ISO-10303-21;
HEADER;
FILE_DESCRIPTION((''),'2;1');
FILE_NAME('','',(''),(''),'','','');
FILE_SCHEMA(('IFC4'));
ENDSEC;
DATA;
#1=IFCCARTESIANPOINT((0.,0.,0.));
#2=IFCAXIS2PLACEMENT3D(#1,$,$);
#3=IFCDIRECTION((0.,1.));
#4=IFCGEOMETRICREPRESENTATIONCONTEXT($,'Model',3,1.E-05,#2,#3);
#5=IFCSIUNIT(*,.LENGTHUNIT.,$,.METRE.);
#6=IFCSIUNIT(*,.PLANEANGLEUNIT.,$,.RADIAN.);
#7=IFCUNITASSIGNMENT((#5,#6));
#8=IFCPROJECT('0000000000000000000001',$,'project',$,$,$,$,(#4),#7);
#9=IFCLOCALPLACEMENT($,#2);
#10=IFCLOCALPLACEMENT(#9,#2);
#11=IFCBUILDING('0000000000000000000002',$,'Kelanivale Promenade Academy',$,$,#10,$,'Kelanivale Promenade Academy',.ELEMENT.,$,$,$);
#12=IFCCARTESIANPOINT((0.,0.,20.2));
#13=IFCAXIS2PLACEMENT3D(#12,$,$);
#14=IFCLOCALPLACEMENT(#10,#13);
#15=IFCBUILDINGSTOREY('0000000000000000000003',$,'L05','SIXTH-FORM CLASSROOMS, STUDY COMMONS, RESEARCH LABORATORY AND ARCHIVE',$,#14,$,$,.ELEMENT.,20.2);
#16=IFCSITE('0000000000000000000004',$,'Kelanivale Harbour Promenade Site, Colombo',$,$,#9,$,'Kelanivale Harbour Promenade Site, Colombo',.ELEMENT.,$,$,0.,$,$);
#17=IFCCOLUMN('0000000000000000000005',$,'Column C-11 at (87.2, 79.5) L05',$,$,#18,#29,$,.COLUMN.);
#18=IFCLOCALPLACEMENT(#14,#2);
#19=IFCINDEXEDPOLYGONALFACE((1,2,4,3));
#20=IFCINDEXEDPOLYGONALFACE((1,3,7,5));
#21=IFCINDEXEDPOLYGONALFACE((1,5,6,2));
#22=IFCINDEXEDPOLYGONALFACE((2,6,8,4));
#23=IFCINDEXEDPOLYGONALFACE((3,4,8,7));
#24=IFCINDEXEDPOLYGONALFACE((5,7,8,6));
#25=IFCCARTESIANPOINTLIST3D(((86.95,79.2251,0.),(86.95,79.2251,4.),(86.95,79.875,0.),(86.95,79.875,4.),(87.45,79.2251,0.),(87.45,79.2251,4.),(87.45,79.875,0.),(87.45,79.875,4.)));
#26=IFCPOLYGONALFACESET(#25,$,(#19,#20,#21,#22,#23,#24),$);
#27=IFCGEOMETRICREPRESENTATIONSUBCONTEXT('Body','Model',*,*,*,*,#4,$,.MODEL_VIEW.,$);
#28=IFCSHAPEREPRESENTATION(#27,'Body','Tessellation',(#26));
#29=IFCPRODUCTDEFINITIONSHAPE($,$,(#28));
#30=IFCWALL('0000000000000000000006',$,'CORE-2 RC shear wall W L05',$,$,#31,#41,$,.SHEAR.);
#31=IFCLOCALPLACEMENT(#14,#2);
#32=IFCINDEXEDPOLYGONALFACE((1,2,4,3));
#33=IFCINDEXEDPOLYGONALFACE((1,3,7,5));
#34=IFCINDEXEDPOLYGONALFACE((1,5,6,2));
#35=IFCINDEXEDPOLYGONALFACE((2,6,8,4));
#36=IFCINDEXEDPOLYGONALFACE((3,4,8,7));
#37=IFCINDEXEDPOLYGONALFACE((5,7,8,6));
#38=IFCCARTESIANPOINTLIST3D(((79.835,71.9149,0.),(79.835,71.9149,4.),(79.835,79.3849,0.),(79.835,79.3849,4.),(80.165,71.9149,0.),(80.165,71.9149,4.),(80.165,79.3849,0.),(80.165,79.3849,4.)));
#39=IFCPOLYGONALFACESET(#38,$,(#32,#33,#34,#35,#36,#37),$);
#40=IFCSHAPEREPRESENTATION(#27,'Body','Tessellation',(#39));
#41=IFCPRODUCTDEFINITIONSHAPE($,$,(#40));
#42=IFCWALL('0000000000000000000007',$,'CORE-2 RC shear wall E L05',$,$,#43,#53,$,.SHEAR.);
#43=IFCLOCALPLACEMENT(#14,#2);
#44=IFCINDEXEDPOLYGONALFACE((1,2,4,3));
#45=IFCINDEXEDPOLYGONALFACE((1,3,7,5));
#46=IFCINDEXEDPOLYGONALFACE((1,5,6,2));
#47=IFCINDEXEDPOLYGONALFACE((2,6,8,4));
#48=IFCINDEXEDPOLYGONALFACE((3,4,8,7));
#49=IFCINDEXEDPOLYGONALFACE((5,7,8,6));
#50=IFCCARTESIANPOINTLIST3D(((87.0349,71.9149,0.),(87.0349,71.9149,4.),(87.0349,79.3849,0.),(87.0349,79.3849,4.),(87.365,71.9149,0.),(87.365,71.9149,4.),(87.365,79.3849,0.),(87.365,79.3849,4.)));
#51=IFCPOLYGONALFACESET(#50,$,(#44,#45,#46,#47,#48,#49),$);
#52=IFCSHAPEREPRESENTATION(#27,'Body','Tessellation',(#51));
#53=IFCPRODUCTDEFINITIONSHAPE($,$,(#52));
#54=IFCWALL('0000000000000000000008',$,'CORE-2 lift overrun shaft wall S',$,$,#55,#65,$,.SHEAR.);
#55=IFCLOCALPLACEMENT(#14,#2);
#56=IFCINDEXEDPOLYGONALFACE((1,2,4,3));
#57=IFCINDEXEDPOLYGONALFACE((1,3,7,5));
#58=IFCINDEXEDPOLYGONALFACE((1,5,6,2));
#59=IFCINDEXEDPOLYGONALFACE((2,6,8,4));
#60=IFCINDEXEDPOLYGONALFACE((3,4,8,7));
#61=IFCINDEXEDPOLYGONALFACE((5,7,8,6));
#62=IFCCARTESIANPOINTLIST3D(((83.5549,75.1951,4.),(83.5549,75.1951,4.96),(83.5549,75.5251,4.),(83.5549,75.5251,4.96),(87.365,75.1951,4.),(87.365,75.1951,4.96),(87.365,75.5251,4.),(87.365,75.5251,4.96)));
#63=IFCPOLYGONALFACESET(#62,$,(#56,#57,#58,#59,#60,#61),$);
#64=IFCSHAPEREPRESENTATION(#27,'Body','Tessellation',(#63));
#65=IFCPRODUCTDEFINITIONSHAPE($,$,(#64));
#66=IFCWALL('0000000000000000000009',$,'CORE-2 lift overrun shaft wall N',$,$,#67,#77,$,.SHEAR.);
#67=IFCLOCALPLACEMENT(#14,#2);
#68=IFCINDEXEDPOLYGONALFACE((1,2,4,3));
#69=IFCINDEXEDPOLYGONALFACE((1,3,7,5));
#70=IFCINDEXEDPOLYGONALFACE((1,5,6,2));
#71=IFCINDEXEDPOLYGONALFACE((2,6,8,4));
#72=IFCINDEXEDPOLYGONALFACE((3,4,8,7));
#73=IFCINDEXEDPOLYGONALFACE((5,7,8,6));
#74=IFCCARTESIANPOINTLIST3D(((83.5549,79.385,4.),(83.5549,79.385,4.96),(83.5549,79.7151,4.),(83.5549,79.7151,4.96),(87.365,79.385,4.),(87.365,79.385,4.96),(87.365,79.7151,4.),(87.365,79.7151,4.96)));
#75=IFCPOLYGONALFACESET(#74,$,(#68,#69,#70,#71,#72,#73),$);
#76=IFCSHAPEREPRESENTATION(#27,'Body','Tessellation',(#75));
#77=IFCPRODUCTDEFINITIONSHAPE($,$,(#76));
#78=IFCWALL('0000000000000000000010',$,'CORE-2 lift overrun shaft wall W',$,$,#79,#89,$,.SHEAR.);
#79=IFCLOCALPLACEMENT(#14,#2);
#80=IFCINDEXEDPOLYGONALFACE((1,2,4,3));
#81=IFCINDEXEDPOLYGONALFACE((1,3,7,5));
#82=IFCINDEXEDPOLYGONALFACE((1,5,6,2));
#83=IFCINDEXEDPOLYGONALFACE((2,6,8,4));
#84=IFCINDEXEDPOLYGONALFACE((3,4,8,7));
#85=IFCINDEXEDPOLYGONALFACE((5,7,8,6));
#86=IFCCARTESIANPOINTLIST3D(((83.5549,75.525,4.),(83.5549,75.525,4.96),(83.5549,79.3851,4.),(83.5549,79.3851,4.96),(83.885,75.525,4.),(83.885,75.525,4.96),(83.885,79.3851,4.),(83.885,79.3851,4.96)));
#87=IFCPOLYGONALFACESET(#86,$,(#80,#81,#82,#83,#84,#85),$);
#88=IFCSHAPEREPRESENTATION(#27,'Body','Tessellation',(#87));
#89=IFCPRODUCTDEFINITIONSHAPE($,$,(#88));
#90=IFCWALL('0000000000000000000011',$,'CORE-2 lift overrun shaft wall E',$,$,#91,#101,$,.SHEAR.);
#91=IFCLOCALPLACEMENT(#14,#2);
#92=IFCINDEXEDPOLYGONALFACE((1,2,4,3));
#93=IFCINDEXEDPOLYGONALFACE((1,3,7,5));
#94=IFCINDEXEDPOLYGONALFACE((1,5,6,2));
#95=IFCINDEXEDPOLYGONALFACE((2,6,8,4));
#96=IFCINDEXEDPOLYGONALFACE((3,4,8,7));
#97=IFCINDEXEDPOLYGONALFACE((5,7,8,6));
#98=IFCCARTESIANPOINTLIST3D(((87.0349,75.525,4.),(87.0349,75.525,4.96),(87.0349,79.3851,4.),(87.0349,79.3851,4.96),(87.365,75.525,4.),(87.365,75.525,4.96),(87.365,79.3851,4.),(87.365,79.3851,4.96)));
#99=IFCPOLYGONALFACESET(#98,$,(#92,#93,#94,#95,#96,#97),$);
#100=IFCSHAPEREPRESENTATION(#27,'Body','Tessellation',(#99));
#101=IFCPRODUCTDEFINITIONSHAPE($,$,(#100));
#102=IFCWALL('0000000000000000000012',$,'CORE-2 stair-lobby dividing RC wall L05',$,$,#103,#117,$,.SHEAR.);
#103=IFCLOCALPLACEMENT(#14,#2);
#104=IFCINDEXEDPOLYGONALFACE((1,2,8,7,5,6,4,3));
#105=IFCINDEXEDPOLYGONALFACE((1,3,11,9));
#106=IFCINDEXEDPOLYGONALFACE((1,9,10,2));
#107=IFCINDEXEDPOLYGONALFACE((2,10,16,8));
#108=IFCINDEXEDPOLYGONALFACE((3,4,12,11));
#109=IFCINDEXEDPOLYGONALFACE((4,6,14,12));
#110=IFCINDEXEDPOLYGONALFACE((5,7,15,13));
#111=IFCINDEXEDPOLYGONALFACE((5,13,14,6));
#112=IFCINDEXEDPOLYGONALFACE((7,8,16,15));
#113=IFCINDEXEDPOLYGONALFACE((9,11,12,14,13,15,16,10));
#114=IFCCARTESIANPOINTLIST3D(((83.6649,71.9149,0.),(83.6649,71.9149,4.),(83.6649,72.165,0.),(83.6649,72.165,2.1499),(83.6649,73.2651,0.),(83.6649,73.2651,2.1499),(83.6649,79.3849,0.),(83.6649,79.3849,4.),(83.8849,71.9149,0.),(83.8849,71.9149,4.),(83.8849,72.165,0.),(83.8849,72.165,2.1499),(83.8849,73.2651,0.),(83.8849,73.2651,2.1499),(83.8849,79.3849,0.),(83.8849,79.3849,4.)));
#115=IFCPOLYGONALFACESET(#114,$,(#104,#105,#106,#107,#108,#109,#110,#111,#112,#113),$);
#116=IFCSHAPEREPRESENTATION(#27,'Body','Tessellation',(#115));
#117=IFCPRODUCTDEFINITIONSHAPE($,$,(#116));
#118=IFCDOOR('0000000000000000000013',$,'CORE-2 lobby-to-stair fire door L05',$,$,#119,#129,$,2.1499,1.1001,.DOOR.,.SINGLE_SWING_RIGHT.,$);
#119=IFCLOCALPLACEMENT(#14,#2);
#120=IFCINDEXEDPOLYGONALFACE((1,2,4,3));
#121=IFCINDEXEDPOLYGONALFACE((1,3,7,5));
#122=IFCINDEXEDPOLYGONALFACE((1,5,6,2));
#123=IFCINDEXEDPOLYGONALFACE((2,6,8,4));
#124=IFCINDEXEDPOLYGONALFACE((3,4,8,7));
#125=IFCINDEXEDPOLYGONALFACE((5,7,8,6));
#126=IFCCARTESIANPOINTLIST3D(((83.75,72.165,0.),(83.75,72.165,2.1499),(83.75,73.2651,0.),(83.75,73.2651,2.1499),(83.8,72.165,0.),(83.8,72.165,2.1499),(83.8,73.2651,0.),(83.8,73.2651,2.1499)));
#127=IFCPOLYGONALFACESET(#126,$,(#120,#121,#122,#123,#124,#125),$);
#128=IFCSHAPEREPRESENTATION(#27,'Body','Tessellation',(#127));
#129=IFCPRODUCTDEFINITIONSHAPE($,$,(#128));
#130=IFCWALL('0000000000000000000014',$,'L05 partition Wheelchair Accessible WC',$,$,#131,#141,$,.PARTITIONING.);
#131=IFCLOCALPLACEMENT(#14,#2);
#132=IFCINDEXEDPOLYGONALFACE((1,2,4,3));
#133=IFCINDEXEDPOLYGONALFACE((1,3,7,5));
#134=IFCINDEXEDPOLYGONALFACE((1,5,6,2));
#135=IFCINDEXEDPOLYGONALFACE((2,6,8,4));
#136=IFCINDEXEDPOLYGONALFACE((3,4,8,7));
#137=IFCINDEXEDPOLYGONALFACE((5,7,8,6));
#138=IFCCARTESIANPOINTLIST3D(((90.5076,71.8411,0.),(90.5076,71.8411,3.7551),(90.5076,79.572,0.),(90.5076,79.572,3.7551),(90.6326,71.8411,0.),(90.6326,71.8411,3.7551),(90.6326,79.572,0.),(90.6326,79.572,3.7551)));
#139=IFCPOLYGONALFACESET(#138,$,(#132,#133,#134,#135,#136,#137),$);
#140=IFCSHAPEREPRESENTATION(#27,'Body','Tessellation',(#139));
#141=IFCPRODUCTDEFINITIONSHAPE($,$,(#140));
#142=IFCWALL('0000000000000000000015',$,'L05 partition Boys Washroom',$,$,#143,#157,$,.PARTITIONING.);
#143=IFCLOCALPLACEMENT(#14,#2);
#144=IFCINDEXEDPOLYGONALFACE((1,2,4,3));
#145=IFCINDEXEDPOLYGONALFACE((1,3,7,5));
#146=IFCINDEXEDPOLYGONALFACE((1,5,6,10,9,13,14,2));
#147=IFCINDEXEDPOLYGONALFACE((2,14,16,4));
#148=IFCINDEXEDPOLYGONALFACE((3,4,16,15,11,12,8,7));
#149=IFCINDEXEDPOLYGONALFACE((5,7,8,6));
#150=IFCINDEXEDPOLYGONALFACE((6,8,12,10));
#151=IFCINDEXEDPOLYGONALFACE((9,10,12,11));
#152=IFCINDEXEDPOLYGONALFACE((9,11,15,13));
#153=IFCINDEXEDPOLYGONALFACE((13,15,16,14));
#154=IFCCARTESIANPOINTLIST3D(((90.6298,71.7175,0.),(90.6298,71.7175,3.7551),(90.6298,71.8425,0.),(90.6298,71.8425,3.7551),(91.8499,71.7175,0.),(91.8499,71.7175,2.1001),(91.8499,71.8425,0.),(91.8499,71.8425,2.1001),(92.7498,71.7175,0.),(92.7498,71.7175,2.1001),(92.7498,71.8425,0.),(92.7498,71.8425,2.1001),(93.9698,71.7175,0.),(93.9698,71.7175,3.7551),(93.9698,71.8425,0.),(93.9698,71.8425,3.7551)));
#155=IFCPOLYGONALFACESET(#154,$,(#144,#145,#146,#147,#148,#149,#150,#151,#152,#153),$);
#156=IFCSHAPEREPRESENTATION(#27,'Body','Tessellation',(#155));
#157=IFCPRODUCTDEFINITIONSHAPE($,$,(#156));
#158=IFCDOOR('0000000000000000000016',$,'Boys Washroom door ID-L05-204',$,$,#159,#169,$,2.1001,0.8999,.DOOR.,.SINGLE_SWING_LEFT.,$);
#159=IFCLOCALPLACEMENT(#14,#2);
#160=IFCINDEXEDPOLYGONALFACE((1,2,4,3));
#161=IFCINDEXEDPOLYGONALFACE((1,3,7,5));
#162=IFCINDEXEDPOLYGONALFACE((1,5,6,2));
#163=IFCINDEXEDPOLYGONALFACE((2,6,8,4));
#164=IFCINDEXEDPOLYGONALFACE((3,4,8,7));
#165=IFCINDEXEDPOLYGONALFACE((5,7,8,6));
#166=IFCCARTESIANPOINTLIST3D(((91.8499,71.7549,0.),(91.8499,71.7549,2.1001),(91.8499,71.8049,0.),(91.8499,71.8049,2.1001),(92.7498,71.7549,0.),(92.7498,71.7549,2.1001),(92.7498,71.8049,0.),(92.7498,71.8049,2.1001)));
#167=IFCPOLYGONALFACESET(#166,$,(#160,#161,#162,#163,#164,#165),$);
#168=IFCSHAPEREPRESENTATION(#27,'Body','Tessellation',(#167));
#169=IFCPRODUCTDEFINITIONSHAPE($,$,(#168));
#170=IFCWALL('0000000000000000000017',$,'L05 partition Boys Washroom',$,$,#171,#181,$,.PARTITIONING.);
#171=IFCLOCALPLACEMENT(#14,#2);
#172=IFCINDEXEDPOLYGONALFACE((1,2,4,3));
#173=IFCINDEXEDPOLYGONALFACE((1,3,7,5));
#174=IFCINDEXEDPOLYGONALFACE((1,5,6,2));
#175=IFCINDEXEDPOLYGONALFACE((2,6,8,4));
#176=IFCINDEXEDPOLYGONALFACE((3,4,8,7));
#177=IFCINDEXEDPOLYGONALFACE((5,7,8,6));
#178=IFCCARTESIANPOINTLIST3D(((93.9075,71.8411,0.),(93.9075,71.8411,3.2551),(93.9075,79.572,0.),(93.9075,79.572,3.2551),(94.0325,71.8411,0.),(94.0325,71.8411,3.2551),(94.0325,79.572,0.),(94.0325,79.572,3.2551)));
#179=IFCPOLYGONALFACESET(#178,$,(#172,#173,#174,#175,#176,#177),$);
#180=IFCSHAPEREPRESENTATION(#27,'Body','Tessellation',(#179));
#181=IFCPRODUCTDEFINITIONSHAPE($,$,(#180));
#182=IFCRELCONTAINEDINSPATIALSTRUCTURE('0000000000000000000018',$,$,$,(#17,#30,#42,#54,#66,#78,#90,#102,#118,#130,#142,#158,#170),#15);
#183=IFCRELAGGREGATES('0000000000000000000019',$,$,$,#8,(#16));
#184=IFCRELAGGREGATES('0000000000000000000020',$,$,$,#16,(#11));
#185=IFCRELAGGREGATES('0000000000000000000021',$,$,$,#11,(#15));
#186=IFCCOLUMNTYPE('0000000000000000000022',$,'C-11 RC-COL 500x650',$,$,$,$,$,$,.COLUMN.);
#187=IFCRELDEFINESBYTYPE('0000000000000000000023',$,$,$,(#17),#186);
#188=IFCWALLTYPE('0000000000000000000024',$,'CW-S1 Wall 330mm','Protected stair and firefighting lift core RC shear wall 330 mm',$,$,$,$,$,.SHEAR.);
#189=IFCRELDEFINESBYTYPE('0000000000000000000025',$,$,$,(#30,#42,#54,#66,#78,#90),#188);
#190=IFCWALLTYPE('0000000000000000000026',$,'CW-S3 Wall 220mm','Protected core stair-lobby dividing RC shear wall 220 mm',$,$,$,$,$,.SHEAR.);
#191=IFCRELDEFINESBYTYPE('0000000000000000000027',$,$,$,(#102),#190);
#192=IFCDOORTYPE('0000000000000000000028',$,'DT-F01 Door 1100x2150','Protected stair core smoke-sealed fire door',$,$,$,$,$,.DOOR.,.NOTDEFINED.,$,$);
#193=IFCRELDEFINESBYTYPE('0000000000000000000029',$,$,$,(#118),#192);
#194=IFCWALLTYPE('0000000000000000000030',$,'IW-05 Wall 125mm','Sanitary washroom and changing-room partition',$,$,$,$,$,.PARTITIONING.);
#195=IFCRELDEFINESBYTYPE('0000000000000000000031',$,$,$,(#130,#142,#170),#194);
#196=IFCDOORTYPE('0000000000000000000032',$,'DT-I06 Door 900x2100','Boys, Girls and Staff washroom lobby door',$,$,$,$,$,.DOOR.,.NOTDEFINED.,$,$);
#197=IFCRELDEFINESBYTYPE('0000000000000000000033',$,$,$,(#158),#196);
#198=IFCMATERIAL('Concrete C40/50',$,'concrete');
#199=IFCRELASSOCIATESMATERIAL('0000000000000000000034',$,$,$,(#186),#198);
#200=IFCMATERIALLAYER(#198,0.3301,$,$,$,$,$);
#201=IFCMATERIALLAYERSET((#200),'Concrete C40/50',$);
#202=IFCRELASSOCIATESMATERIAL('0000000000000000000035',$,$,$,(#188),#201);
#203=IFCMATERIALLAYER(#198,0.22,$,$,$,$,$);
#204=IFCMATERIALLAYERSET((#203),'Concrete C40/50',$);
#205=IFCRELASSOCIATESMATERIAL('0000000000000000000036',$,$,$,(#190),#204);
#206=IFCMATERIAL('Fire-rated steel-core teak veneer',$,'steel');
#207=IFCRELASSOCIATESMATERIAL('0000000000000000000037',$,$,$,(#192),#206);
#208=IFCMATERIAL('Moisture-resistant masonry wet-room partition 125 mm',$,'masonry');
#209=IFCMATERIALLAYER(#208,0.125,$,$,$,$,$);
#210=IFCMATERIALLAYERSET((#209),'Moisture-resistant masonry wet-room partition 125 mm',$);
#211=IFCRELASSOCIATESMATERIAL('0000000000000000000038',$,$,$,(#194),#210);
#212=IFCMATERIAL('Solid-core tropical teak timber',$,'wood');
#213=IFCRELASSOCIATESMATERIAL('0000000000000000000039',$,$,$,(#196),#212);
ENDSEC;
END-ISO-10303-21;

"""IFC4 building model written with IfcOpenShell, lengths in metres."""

from ifc_helpers import new_model, si_unit, direction, frame, frame_2d, origin, origin_2d, place, context, subcontext, project, spatial, rectangle, extrude, material, layer, layer_set, material_profile, profile_set, type_object, element, fill, save


model = new_model("IFC4")

# Units and contexts
model_context = context("Model", 3, precision=1e-05, world=origin(), true_north=direction((0.0, 1.0)))
body_context = subcontext(model_context, "Body", "Model", "MODEL_VIEW")
ifc_project = project(units=[si_unit("LENGTHUNIT", "METRE"), si_unit("PLANEANGLEUNIT", "RADIAN")], contexts=[model_context])

# Site, building, storey
site_placement = place(None, origin())
site = spatial("IfcSite", under=ifc_project, at=site_placement, Name="Kelanivale Harbour Promenade Site, Colombo", LongName="Kelanivale Harbour Promenade Site, Colombo", CompositionType="ELEMENT", RefElevation=0.0)
building_placement = place(site_placement, origin())
building = spatial("IfcBuilding", under=site, at=building_placement, Name="Kelanivale Promenade Academy", LongName="Kelanivale Promenade Academy", CompositionType="ELEMENT")
storey_placement = place(building_placement, frame((0.0, 0.0, 20.2)))
storey = spatial("IfcBuildingStorey", under=building, at=storey_placement, Name="L05", Description="SIXTH-FORM CLASSROOMS, STUDY COMMONS, RESEARCH LABORATORY AND ARCHIVE", CompositionType="ELEMENT", Elevation=20.2)

# Column
ifc_material_1 = material(Name="Concrete C40/50", Category="concrete")
ifc_material_profile = material_profile(ifc_material_1, rectangle(XDim=0.5, YDim=0.6499, at=origin_2d()), Name="RC-COL 500x650")
ifc_profile_set = profile_set([ifc_material_profile], Name="Concrete C40/50")
column_type = type_object("IfcColumnType", Name="C-11 RC-COL 500x650", PredefinedType="COLUMN", material=ifc_profile_set)
column_placement = place(storey_placement, frame((87.2, 79.55, 0.0), z_axis=(0.0, 0.0, 1.0), x_axis=(1.0, 0.0, 0.0)))
element("IfcColumn", 1, at=column_placement, inside=storey, type_object=column_type, Name="Column C-11 at (87.2, 79.5) L05", PredefinedType="COLUMN", context=body_context, shape_type="SweptSolid", body=[
    extrude(rectangle(XDim=0.5, YDim=0.6499, at=origin_2d()), origin(), (0.0, 0.0, 1.0), 4.0),
])

# Walls
ifc_layer_1 = layer(ifc_material_1, 0.3301)
ifc_layer_set_1 = layer_set([ifc_layer_1], Name="Concrete C40/50")
wall_type_1 = type_object("IfcWallType", Name="CW-S1 Wall 330mm", Description="Protected stair and firefighting lift core RC shear wall 330 mm", PredefinedType="SHEAR", material=ifc_layer_set_1)
for number, where, z_axis, x_axis, name in (
    (2, (80.0, 71.915, 0.0), (0.0, 0.0, 1.0), (0.0, 1.0, 0.0), "CORE-2 RC shear wall W L05"),
    (3, (87.2, 71.915, 0.0), (0.0, 0.0, 1.0), (0.0, 1.0, 0.0), "CORE-2 RC shear wall E L05"),
):
    element("IfcWall", number, at=place(storey_placement, frame(where, z_axis=z_axis, x_axis=x_axis)), inside=storey, type_object=wall_type_1, Name=name, PredefinedType="SHEAR", context=body_context, shape_type="SweptSolid", body=[
        extrude(rectangle(XDim=7.47, YDim=0.3301, at=frame_2d((3.7349, 0.0))), origin(), (0.0, 0.0, 1.0), 4.0),
    ])
for number, where, z_axis, x_axis, name in (
    (4, (83.5549, 75.3601, 4.0), (0.0, 0.0, 1.0), (1.0, 0.0, 0.0), "CORE-2 lift overrun shaft wall S"),
    (5, (83.5549, 79.55, 4.0), (0.0, 0.0, 1.0), (1.0, 0.0, 0.0), "CORE-2 lift overrun shaft wall N"),
):
    element("IfcWall", number, at=place(storey_placement, frame(where, z_axis=z_axis, x_axis=x_axis)), inside=storey, type_object=wall_type_1, Name=name, PredefinedType="SHEAR", context=body_context, shape_type="SweptSolid", body=[
        extrude(rectangle(XDim=3.8101, YDim=0.3301, at=frame_2d((1.905, 0.0))), origin(), (0.0, 0.0, 1.0), 0.96),
    ])
for number, where, z_axis, x_axis, name in (
    (6, (83.72, 75.5249, 4.0), (0.0, 0.0, 1.0), (0.0, 1.0, 0.0), "CORE-2 lift overrun shaft wall W"),
    (7, (87.2, 75.5249, 4.0), (0.0, 0.0, 1.0), (0.0, 1.0, 0.0), "CORE-2 lift overrun shaft wall E"),
):
    element("IfcWall", number, at=place(storey_placement, frame(where, z_axis=z_axis, x_axis=x_axis)), inside=storey, type_object=wall_type_1, Name=name, PredefinedType="SHEAR", context=body_context, shape_type="SweptSolid", body=[
        extrude(rectangle(XDim=3.8601, YDim=0.3301, at=frame_2d((1.9302, 0.0))), origin(), (0.0, 0.0, 1.0), 0.96),
    ])

# Wall, opening, door
ifc_material_2 = material(Name="Fire-rated steel-core teak veneer", Category="steel")
ifc_layer_2 = layer(ifc_material_1, 0.22)
ifc_layer_set_2 = layer_set([ifc_layer_2], Name="Concrete C40/50")
wall_type_2 = type_object("IfcWallType", Name="CW-S3 Wall 220mm", Description="Protected core stair-lobby dividing RC shear wall 220 mm", PredefinedType="SHEAR", material=ifc_layer_set_2)
wall_1_placement = place(storey_placement, frame((83.7749, 71.915, 0.0), z_axis=(0.0, 0.0, 1.0), x_axis=(0.0, 1.0, 0.0)))
wall_1 = element("IfcWall", 8, at=wall_1_placement, inside=storey, type_object=wall_type_2, Name="CORE-2 stair-lobby dividing RC wall L05", PredefinedType="SHEAR", context=body_context, shape_type="SweptSolid", body=[
    extrude(rectangle(XDim=7.47, YDim=0.22, at=frame_2d((3.7349, 0.0))), origin(), (0.0, 0.0, 1.0), 4.0),
])
opening_1_placement = place(wall_1_placement, frame((0.25, 0.0, 0.0)))
opening_1 = element("IfcOpeningElement", 9, at=opening_1_placement, cuts=wall_1, PredefinedType="OPENING", context=body_context, shape_type="SweptSolid", body=[
    extrude(rectangle(XDim=1.1001, YDim=2.1499, at=frame_2d((0.55, 1.075))), frame((0.0, 0.1201, 0.0), z_axis=(0.0, -1.0, 0.0), x_axis=(1.0, 0.0, 0.0)), (0.0, 0.0, 1.0), 0.24),
])
door_type_1 = type_object("IfcDoorType", Name="DT-F01 Door 1100x2150", Description="Protected stair core smoke-sealed fire door", OperationType="NOTDEFINED", PredefinedType="DOOR", material=ifc_material_2)
door_1_placement = place(opening_1_placement, origin())
door_1 = element("IfcDoor", 10, at=door_1_placement, inside=storey, type_object=door_type_1, Name="CORE-2 lobby-to-stair fire door L05", OperationType="SINGLE_SWING_RIGHT", OverallHeight=2.1499, OverallWidth=1.1001, PredefinedType="DOOR", context=body_context, shape_type="SweptSolid", body=[
    extrude(rectangle(XDim=1.1001, YDim=2.1499, at=frame_2d((0.55, 1.075))), frame((0.0, 0.0249, 0.0), z_axis=(0.0, -1.0, 0.0), x_axis=(1.0, 0.0, 0.0)), (0.0, 0.0, 1.0), 0.05),
])
fill(opening_1, door_1)

# Wall
ifc_material_3 = material(Name="Moisture-resistant masonry wet-room partition 125 mm", Category="masonry")
ifc_layer_3 = layer(ifc_material_3, 0.125)
ifc_layer_set_3 = layer_set([ifc_layer_3], Name="Moisture-resistant masonry wet-room partition 125 mm")
wall_type_3 = type_object("IfcWallType", Name="IW-05 Wall 125mm", Description="Sanitary washroom and changing-room partition", PredefinedType="PARTITIONING", material=ifc_layer_set_3)
wall_2_placement = place(storey_placement, frame((90.5701, 71.8411, 0.0), z_axis=(0.0, 0.0, 1.0), x_axis=(0.0, 1.0, 0.0)))
element("IfcWall", 11, at=wall_2_placement, inside=storey, type_object=wall_type_3, Name="L05 partition Wheelchair Accessible WC", PredefinedType="PARTITIONING", context=body_context, shape_type="SweptSolid", body=[
    extrude(rectangle(XDim=7.731, YDim=0.125, at=frame_2d((3.8655, 0.0))), origin(), (0.0, 0.0, 1.0), 3.7551),
])

# Wall, opening, door
wall_3_placement = place(storey_placement, frame((90.6299, 71.78, 0.0), z_axis=(0.0, 0.0, 1.0), x_axis=(1.0, 0.0, 0.0)))
wall_3 = element("IfcWall", 12, at=wall_3_placement, inside=storey, type_object=wall_type_3, Name="L05 partition Boys Washroom", PredefinedType="PARTITIONING", context=body_context, shape_type="SweptSolid", body=[
    extrude(rectangle(XDim=3.3401, YDim=0.125, at=frame_2d((1.6699, 0.0))), origin(), (0.0, 0.0, 1.0), 3.7551),
])
opening_2_placement = place(wall_3_placement, frame((1.22, 0.0, 0.0)))
opening_2 = element("IfcOpeningElement", 13, at=opening_2_placement, cuts=wall_3, PredefinedType="OPENING", context=body_context, shape_type="SweptSolid", body=[
    extrude(rectangle(XDim=0.8999, YDim=2.1001, at=frame_2d((0.45, 1.05))), frame((0.0, 0.0725, 0.0), z_axis=(0.0, -1.0, 0.0), x_axis=(1.0, 0.0, 0.0)), (0.0, 0.0, 1.0), 0.145),
])
ifc_material_4 = material(Name="Solid-core tropical teak timber", Category="wood")
door_type_2 = type_object("IfcDoorType", Name="DT-I06 Door 900x2100", Description="Boys, Girls and Staff washroom lobby door", OperationType="NOTDEFINED", PredefinedType="DOOR", material=ifc_material_4)
door_2_placement = place(opening_2_placement, origin())
door_2 = element("IfcDoor", 14, at=door_2_placement, inside=storey, type_object=door_type_2, Name="Boys Washroom door ID-L05-204", OperationType="SINGLE_SWING_LEFT", OverallHeight=2.1001, OverallWidth=0.8999, PredefinedType="DOOR", context=body_context, shape_type="SweptSolid", body=[
    extrude(rectangle(XDim=0.8999, YDim=2.1001, at=frame_2d((0.45, 1.05))), frame((0.0, 0.0249, 0.0), z_axis=(0.0, -1.0, 0.0), x_axis=(1.0, 0.0, 0.0)), (0.0, 0.0, 1.0), 0.05),
])
fill(opening_2, door_2)

# Wall
wall_4_placement = place(storey_placement, frame((93.97, 71.8411, 0.0), z_axis=(0.0, 0.0, 1.0), x_axis=(0.0, 1.0, 0.0)))
element("IfcWall", 15, at=wall_4_placement, inside=storey, type_object=wall_type_3, Name="L05 partition Boys Washroom", PredefinedType="PARTITIONING", context=body_context, shape_type="SweptSolid", body=[
    extrude(rectangle(XDim=7.731, YDim=0.125, at=frame_2d((3.8655, 0.0))), origin(), (0.0, 0.0, 1.0), 3.2551),
])

save(model, "model.ifc")
